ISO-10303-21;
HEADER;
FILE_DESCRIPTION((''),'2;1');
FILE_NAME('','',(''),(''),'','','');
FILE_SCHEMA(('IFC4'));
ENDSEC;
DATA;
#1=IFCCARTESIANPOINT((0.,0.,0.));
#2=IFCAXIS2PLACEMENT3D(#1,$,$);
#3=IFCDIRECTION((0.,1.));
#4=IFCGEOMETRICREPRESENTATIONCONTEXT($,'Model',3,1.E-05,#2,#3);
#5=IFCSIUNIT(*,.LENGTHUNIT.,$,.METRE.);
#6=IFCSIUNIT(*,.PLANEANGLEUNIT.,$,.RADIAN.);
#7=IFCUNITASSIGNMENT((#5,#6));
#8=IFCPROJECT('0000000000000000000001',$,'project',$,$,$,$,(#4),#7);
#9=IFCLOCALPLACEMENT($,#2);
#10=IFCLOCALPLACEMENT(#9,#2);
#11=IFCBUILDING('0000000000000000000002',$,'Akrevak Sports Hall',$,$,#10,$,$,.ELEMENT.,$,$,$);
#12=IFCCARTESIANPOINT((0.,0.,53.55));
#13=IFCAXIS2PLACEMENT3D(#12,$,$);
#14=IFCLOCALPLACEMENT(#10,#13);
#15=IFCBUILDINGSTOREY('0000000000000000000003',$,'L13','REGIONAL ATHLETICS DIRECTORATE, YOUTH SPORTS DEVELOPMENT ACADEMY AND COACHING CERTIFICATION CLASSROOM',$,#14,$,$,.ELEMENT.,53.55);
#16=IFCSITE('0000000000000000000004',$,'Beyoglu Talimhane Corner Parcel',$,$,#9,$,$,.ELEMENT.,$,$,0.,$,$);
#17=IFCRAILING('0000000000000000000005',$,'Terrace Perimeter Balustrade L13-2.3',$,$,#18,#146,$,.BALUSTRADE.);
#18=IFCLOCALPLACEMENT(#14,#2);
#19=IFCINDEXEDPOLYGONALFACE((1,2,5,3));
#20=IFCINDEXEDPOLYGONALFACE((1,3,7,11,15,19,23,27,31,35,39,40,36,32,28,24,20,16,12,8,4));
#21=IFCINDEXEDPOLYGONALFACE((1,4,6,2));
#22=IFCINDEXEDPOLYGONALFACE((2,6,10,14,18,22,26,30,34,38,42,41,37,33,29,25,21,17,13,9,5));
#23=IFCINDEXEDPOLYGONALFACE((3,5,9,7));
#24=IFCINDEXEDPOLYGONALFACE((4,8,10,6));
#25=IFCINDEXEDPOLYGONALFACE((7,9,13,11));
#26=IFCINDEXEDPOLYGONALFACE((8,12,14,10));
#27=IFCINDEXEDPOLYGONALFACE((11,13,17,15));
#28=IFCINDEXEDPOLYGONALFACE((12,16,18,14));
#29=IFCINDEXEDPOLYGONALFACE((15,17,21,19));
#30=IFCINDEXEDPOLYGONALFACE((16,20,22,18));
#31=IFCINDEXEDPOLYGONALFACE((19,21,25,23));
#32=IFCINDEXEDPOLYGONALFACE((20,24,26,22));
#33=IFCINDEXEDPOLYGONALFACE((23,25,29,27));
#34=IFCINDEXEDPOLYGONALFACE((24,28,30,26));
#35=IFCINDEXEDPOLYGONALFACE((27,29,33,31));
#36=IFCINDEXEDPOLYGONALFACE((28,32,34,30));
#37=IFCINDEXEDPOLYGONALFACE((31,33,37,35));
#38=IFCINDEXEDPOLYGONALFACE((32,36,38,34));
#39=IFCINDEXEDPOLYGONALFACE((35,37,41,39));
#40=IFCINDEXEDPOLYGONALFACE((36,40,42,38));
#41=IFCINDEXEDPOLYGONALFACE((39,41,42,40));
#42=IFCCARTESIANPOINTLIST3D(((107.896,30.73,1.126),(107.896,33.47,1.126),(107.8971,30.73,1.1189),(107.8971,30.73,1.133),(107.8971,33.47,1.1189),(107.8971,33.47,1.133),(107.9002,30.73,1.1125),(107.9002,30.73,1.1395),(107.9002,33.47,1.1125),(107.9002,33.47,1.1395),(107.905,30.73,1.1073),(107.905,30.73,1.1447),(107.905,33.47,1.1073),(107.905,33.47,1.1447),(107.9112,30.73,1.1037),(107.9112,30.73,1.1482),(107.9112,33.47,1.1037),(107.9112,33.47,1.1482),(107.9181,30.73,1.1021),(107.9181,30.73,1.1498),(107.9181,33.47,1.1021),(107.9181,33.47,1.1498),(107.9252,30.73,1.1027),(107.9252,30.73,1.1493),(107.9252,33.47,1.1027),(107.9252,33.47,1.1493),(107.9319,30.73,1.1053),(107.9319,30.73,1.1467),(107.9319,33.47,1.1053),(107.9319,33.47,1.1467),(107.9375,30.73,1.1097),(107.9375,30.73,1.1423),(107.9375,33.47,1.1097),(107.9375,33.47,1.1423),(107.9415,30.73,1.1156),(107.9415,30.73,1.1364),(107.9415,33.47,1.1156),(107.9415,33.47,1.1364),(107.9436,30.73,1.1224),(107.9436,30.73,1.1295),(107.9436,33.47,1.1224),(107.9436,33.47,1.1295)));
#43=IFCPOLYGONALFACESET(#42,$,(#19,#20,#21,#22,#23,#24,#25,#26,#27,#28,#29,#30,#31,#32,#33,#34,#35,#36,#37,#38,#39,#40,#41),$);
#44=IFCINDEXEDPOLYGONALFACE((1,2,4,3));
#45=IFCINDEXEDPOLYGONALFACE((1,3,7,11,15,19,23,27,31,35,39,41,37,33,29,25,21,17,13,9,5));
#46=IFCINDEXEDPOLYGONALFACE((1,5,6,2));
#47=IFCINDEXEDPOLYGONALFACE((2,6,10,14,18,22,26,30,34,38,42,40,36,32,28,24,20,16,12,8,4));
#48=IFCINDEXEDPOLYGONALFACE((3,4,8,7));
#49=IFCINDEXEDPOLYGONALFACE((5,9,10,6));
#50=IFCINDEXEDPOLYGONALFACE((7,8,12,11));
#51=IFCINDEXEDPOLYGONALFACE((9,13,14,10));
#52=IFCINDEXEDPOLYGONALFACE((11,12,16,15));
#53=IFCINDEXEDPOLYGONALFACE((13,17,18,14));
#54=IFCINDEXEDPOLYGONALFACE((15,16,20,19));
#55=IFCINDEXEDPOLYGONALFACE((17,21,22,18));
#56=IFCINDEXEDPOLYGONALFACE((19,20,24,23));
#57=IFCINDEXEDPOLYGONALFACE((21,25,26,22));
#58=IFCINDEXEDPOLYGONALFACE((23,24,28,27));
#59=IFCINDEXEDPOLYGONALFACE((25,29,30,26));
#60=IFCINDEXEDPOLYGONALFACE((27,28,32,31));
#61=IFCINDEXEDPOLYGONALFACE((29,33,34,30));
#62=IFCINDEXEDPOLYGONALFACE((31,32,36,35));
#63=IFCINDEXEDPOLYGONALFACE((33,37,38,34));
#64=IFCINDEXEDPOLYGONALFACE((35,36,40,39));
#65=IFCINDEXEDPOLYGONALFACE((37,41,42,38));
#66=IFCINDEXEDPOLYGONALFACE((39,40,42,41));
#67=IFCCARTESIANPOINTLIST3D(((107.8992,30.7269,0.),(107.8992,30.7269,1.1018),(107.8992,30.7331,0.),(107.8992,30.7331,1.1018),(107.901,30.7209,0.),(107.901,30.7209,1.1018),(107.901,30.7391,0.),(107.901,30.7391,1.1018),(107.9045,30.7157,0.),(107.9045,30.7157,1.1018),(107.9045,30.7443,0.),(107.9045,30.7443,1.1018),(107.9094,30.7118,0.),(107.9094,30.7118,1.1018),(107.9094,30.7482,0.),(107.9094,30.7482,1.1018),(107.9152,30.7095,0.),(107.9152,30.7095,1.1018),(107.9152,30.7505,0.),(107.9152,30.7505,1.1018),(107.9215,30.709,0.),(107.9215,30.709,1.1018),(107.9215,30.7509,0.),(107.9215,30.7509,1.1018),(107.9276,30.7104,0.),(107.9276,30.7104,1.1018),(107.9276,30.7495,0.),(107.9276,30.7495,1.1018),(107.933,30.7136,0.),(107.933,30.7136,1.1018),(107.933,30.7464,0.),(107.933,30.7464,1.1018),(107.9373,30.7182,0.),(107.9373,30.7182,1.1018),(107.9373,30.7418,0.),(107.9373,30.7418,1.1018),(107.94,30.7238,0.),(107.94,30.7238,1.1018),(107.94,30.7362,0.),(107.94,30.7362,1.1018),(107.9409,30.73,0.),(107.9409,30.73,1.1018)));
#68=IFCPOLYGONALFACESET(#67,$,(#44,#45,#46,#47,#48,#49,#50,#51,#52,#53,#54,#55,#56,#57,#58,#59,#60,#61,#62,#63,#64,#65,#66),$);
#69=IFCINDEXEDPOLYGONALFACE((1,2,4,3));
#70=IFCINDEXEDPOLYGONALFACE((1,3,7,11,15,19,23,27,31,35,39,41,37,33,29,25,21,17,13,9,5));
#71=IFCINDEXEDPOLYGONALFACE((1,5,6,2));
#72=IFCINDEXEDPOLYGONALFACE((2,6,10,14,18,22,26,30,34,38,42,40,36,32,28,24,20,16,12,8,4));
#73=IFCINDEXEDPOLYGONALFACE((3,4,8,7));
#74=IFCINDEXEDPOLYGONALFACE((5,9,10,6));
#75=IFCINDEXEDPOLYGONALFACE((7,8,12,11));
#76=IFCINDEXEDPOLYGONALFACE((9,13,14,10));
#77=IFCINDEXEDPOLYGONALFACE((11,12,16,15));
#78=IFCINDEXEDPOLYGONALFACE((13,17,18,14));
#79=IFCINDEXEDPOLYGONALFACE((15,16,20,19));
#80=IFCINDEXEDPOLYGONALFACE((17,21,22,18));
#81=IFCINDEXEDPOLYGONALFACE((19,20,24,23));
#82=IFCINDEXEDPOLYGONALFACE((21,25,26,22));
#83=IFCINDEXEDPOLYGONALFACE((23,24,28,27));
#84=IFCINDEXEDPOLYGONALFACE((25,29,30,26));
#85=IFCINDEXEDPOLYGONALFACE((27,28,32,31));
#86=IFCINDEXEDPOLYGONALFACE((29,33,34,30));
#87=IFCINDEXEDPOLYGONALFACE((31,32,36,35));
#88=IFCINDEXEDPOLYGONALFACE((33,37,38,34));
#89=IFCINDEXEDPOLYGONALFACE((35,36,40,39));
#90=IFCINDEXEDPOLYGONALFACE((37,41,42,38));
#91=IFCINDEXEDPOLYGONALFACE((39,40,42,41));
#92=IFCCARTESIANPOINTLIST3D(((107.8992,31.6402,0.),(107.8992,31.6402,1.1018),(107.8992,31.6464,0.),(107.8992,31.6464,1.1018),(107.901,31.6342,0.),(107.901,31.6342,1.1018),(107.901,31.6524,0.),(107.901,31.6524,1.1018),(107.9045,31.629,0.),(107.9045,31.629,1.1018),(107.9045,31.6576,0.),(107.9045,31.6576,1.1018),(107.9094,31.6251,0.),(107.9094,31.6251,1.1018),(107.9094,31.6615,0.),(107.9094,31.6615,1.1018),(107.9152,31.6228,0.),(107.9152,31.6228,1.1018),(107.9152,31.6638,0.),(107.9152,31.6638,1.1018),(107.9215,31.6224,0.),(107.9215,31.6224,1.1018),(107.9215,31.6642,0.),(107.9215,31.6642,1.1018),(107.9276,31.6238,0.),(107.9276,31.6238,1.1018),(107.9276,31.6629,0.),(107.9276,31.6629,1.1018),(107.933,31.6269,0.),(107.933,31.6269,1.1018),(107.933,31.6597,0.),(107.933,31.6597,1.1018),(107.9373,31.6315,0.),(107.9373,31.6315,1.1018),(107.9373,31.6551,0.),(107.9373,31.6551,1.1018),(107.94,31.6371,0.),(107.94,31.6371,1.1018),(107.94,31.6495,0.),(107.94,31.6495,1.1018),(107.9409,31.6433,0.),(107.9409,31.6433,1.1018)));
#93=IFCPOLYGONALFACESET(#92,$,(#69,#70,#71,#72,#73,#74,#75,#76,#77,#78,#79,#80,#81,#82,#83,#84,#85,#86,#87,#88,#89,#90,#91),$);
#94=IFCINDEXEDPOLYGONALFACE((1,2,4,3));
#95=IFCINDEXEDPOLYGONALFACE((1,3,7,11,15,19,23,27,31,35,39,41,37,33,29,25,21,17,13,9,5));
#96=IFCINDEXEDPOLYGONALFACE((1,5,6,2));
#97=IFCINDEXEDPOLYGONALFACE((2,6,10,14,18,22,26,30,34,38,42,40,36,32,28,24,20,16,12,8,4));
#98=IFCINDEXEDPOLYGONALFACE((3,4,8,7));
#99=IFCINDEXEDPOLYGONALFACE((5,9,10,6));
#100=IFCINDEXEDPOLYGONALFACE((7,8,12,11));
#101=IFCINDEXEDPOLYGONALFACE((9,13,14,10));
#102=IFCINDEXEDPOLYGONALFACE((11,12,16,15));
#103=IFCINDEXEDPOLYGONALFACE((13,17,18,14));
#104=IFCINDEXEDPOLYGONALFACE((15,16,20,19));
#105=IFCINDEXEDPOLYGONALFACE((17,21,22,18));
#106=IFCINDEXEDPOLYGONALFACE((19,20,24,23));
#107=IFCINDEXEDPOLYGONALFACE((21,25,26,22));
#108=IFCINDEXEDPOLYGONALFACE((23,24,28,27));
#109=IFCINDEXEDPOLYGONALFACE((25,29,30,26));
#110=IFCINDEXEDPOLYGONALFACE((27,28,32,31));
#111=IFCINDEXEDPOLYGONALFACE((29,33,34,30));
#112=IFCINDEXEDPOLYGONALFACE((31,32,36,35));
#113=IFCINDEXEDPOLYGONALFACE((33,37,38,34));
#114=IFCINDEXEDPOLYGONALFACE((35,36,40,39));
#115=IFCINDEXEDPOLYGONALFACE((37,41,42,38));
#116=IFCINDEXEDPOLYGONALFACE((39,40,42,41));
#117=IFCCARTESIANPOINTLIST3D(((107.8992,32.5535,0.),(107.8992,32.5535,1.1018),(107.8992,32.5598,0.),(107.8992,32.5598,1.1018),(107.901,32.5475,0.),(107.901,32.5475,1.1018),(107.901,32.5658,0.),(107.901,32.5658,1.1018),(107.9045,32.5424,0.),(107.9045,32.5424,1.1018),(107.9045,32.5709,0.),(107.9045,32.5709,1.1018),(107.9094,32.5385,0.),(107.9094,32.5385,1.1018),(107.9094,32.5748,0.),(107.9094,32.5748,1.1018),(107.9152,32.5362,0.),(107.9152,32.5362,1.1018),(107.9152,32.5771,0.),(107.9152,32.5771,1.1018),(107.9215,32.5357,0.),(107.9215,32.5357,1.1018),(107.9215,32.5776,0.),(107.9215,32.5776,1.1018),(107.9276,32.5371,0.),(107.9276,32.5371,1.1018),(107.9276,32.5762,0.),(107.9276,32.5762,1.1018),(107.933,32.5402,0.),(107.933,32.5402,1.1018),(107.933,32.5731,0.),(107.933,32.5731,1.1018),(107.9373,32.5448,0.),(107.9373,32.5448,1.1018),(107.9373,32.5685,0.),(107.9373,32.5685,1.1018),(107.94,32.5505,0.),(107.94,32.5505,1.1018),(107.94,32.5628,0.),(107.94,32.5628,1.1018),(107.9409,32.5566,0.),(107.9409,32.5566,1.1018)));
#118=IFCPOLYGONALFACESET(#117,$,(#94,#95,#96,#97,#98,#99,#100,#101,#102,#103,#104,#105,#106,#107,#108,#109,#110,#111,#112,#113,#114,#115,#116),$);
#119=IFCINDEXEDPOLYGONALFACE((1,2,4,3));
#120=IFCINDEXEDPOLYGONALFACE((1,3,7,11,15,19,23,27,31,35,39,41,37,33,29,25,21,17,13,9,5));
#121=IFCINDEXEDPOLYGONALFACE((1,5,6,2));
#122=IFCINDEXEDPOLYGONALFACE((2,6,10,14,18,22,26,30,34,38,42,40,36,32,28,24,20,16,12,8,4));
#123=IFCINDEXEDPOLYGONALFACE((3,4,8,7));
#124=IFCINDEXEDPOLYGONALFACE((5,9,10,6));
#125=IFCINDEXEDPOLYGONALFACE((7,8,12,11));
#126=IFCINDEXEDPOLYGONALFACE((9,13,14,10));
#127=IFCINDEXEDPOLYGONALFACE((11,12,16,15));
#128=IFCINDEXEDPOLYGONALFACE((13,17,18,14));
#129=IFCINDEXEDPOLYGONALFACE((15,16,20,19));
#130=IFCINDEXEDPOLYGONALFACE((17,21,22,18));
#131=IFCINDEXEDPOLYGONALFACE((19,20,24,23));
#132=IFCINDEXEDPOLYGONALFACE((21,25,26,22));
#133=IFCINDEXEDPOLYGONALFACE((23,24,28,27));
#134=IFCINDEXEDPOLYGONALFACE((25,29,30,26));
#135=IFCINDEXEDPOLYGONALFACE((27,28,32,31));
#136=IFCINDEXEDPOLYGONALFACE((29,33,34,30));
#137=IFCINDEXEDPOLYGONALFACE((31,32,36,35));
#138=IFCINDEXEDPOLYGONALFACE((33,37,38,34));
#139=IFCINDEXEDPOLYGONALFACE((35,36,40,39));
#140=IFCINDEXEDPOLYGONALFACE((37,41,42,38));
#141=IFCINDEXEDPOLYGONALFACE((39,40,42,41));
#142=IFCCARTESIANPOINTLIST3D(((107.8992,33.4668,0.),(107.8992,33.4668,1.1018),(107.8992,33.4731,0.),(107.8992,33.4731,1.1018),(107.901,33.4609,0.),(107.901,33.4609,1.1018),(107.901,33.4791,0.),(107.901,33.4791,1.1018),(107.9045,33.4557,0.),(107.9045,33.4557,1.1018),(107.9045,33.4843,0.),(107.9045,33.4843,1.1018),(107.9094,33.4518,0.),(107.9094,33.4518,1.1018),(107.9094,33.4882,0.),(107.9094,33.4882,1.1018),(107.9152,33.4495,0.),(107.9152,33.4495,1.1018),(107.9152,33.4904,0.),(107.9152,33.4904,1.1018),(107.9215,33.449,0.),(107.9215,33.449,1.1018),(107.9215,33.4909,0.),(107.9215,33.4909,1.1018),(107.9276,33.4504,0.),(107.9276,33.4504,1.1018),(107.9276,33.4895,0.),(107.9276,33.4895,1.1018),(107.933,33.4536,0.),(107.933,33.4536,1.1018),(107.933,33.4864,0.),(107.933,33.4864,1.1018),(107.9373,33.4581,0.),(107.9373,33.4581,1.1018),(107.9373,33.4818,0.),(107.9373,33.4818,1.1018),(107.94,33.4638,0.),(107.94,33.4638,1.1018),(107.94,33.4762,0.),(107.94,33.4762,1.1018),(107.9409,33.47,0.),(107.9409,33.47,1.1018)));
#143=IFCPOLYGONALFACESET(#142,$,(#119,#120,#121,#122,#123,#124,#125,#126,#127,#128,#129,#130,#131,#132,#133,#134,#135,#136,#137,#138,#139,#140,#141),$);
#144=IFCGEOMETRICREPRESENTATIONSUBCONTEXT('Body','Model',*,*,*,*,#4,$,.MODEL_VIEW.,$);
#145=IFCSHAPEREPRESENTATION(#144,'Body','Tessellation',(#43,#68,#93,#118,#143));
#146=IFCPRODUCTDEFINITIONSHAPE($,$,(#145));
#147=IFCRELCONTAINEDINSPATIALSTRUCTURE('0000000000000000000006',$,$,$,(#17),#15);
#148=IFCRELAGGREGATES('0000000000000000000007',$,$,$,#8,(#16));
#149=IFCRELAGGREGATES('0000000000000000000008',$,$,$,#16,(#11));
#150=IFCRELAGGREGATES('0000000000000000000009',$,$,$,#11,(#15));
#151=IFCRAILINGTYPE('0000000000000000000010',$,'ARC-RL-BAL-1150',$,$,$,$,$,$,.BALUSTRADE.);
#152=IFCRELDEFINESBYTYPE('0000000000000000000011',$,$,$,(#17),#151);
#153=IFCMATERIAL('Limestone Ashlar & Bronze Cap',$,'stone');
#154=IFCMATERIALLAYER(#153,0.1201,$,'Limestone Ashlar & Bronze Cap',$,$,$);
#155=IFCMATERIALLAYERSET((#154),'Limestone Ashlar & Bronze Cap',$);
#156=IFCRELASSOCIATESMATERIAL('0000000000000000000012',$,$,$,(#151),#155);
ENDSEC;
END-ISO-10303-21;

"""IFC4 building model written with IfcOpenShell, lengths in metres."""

from ifc_helpers import new_model, si_unit, direction, frame, origin, origin_2d, place, context, subcontext, project, spatial, circle, extrude, material, layer, layer_set, type_object, element, save


model = new_model("IFC4")

# Units and contexts
model_context = context("Model", 3, precision=1e-05, world=origin(), true_north=direction((0.0, 1.0)))
body_context = subcontext(model_context, "Body", "Model", "MODEL_VIEW")
ifc_project = project(units=[si_unit("LENGTHUNIT", "METRE"), si_unit("PLANEANGLEUNIT", "RADIAN")], contexts=[model_context])

# Site, building, storey
site_placement = place(None, origin())
site = spatial("IfcSite", under=ifc_project, at=site_placement, Name="Beyoglu Talimhane Corner Parcel", CompositionType="ELEMENT", RefElevation=0.0)
building_placement = place(site_placement, origin())
building = spatial("IfcBuilding", under=site, at=building_placement, Name="Akrevak Sports Hall", CompositionType="ELEMENT")
storey_placement = place(building_placement, frame((0.0, 0.0, 53.55)))
storey = spatial("IfcBuildingStorey", under=building, at=storey_placement, Name="L13", Description="REGIONAL ATHLETICS DIRECTORATE, YOUTH SPORTS DEVELOPMENT ACADEMY AND COACHING CERTIFICATION CLASSROOM", CompositionType="ELEMENT", Elevation=53.55)

# Railing
ifc_material_1 = material(Name="Limestone Ashlar & Bronze Cap", Category="stone")
ifc_layer_1 = layer(ifc_material_1, 0.1201, Name="Limestone Ashlar & Bronze Cap")
ifc_layer_set_1 = layer_set([ifc_layer_1], Name="Limestone Ashlar & Bronze Cap")
railing_type = type_object("IfcRailingType", Name="ARC-RL-BAL-1150", PredefinedType="BALUSTRADE", material=ifc_layer_set_1)
railing_1_placement = place(storey_placement, frame((107.9199, 30.73, 0.0)))
element("IfcRailing", 1, at=railing_1_placement, inside=storey, type_object=railing_type, Name="Terrace Perimeter Balustrade L13-2.3", PredefinedType="BALUSTRADE", context=body_context, shape_type="SweptSolid", body=[
    extrude(circle(Radius=0.0239, at=origin_2d()), frame((0.0, 0.0, 1.126), z_axis=(0.0, 1.0, 0.0), x_axis=(-1.0, 0.0, 0.0)), (0.0, 0.0, 1.0), 2.74),
    extrude(circle(Radius=0.021, at=origin_2d()), origin(), (0.0, 0.0, 1.0), 1.1018),
    extrude(circle(Radius=0.021, at=origin_2d()), frame((0.0, 0.9133, 0.0)), (0.0, 0.0, 1.0), 1.1018),
    extrude(circle(Radius=0.021, at=origin_2d()), frame((0.0, 1.8267, 0.0)), (0.0, 0.0, 1.0), 1.1018),
    extrude(circle(Radius=0.021, at=origin_2d()), frame((0.0, 2.74, 0.0)), (0.0, 0.0, 1.0), 1.1018),
])

save(model, "model.ifc")
